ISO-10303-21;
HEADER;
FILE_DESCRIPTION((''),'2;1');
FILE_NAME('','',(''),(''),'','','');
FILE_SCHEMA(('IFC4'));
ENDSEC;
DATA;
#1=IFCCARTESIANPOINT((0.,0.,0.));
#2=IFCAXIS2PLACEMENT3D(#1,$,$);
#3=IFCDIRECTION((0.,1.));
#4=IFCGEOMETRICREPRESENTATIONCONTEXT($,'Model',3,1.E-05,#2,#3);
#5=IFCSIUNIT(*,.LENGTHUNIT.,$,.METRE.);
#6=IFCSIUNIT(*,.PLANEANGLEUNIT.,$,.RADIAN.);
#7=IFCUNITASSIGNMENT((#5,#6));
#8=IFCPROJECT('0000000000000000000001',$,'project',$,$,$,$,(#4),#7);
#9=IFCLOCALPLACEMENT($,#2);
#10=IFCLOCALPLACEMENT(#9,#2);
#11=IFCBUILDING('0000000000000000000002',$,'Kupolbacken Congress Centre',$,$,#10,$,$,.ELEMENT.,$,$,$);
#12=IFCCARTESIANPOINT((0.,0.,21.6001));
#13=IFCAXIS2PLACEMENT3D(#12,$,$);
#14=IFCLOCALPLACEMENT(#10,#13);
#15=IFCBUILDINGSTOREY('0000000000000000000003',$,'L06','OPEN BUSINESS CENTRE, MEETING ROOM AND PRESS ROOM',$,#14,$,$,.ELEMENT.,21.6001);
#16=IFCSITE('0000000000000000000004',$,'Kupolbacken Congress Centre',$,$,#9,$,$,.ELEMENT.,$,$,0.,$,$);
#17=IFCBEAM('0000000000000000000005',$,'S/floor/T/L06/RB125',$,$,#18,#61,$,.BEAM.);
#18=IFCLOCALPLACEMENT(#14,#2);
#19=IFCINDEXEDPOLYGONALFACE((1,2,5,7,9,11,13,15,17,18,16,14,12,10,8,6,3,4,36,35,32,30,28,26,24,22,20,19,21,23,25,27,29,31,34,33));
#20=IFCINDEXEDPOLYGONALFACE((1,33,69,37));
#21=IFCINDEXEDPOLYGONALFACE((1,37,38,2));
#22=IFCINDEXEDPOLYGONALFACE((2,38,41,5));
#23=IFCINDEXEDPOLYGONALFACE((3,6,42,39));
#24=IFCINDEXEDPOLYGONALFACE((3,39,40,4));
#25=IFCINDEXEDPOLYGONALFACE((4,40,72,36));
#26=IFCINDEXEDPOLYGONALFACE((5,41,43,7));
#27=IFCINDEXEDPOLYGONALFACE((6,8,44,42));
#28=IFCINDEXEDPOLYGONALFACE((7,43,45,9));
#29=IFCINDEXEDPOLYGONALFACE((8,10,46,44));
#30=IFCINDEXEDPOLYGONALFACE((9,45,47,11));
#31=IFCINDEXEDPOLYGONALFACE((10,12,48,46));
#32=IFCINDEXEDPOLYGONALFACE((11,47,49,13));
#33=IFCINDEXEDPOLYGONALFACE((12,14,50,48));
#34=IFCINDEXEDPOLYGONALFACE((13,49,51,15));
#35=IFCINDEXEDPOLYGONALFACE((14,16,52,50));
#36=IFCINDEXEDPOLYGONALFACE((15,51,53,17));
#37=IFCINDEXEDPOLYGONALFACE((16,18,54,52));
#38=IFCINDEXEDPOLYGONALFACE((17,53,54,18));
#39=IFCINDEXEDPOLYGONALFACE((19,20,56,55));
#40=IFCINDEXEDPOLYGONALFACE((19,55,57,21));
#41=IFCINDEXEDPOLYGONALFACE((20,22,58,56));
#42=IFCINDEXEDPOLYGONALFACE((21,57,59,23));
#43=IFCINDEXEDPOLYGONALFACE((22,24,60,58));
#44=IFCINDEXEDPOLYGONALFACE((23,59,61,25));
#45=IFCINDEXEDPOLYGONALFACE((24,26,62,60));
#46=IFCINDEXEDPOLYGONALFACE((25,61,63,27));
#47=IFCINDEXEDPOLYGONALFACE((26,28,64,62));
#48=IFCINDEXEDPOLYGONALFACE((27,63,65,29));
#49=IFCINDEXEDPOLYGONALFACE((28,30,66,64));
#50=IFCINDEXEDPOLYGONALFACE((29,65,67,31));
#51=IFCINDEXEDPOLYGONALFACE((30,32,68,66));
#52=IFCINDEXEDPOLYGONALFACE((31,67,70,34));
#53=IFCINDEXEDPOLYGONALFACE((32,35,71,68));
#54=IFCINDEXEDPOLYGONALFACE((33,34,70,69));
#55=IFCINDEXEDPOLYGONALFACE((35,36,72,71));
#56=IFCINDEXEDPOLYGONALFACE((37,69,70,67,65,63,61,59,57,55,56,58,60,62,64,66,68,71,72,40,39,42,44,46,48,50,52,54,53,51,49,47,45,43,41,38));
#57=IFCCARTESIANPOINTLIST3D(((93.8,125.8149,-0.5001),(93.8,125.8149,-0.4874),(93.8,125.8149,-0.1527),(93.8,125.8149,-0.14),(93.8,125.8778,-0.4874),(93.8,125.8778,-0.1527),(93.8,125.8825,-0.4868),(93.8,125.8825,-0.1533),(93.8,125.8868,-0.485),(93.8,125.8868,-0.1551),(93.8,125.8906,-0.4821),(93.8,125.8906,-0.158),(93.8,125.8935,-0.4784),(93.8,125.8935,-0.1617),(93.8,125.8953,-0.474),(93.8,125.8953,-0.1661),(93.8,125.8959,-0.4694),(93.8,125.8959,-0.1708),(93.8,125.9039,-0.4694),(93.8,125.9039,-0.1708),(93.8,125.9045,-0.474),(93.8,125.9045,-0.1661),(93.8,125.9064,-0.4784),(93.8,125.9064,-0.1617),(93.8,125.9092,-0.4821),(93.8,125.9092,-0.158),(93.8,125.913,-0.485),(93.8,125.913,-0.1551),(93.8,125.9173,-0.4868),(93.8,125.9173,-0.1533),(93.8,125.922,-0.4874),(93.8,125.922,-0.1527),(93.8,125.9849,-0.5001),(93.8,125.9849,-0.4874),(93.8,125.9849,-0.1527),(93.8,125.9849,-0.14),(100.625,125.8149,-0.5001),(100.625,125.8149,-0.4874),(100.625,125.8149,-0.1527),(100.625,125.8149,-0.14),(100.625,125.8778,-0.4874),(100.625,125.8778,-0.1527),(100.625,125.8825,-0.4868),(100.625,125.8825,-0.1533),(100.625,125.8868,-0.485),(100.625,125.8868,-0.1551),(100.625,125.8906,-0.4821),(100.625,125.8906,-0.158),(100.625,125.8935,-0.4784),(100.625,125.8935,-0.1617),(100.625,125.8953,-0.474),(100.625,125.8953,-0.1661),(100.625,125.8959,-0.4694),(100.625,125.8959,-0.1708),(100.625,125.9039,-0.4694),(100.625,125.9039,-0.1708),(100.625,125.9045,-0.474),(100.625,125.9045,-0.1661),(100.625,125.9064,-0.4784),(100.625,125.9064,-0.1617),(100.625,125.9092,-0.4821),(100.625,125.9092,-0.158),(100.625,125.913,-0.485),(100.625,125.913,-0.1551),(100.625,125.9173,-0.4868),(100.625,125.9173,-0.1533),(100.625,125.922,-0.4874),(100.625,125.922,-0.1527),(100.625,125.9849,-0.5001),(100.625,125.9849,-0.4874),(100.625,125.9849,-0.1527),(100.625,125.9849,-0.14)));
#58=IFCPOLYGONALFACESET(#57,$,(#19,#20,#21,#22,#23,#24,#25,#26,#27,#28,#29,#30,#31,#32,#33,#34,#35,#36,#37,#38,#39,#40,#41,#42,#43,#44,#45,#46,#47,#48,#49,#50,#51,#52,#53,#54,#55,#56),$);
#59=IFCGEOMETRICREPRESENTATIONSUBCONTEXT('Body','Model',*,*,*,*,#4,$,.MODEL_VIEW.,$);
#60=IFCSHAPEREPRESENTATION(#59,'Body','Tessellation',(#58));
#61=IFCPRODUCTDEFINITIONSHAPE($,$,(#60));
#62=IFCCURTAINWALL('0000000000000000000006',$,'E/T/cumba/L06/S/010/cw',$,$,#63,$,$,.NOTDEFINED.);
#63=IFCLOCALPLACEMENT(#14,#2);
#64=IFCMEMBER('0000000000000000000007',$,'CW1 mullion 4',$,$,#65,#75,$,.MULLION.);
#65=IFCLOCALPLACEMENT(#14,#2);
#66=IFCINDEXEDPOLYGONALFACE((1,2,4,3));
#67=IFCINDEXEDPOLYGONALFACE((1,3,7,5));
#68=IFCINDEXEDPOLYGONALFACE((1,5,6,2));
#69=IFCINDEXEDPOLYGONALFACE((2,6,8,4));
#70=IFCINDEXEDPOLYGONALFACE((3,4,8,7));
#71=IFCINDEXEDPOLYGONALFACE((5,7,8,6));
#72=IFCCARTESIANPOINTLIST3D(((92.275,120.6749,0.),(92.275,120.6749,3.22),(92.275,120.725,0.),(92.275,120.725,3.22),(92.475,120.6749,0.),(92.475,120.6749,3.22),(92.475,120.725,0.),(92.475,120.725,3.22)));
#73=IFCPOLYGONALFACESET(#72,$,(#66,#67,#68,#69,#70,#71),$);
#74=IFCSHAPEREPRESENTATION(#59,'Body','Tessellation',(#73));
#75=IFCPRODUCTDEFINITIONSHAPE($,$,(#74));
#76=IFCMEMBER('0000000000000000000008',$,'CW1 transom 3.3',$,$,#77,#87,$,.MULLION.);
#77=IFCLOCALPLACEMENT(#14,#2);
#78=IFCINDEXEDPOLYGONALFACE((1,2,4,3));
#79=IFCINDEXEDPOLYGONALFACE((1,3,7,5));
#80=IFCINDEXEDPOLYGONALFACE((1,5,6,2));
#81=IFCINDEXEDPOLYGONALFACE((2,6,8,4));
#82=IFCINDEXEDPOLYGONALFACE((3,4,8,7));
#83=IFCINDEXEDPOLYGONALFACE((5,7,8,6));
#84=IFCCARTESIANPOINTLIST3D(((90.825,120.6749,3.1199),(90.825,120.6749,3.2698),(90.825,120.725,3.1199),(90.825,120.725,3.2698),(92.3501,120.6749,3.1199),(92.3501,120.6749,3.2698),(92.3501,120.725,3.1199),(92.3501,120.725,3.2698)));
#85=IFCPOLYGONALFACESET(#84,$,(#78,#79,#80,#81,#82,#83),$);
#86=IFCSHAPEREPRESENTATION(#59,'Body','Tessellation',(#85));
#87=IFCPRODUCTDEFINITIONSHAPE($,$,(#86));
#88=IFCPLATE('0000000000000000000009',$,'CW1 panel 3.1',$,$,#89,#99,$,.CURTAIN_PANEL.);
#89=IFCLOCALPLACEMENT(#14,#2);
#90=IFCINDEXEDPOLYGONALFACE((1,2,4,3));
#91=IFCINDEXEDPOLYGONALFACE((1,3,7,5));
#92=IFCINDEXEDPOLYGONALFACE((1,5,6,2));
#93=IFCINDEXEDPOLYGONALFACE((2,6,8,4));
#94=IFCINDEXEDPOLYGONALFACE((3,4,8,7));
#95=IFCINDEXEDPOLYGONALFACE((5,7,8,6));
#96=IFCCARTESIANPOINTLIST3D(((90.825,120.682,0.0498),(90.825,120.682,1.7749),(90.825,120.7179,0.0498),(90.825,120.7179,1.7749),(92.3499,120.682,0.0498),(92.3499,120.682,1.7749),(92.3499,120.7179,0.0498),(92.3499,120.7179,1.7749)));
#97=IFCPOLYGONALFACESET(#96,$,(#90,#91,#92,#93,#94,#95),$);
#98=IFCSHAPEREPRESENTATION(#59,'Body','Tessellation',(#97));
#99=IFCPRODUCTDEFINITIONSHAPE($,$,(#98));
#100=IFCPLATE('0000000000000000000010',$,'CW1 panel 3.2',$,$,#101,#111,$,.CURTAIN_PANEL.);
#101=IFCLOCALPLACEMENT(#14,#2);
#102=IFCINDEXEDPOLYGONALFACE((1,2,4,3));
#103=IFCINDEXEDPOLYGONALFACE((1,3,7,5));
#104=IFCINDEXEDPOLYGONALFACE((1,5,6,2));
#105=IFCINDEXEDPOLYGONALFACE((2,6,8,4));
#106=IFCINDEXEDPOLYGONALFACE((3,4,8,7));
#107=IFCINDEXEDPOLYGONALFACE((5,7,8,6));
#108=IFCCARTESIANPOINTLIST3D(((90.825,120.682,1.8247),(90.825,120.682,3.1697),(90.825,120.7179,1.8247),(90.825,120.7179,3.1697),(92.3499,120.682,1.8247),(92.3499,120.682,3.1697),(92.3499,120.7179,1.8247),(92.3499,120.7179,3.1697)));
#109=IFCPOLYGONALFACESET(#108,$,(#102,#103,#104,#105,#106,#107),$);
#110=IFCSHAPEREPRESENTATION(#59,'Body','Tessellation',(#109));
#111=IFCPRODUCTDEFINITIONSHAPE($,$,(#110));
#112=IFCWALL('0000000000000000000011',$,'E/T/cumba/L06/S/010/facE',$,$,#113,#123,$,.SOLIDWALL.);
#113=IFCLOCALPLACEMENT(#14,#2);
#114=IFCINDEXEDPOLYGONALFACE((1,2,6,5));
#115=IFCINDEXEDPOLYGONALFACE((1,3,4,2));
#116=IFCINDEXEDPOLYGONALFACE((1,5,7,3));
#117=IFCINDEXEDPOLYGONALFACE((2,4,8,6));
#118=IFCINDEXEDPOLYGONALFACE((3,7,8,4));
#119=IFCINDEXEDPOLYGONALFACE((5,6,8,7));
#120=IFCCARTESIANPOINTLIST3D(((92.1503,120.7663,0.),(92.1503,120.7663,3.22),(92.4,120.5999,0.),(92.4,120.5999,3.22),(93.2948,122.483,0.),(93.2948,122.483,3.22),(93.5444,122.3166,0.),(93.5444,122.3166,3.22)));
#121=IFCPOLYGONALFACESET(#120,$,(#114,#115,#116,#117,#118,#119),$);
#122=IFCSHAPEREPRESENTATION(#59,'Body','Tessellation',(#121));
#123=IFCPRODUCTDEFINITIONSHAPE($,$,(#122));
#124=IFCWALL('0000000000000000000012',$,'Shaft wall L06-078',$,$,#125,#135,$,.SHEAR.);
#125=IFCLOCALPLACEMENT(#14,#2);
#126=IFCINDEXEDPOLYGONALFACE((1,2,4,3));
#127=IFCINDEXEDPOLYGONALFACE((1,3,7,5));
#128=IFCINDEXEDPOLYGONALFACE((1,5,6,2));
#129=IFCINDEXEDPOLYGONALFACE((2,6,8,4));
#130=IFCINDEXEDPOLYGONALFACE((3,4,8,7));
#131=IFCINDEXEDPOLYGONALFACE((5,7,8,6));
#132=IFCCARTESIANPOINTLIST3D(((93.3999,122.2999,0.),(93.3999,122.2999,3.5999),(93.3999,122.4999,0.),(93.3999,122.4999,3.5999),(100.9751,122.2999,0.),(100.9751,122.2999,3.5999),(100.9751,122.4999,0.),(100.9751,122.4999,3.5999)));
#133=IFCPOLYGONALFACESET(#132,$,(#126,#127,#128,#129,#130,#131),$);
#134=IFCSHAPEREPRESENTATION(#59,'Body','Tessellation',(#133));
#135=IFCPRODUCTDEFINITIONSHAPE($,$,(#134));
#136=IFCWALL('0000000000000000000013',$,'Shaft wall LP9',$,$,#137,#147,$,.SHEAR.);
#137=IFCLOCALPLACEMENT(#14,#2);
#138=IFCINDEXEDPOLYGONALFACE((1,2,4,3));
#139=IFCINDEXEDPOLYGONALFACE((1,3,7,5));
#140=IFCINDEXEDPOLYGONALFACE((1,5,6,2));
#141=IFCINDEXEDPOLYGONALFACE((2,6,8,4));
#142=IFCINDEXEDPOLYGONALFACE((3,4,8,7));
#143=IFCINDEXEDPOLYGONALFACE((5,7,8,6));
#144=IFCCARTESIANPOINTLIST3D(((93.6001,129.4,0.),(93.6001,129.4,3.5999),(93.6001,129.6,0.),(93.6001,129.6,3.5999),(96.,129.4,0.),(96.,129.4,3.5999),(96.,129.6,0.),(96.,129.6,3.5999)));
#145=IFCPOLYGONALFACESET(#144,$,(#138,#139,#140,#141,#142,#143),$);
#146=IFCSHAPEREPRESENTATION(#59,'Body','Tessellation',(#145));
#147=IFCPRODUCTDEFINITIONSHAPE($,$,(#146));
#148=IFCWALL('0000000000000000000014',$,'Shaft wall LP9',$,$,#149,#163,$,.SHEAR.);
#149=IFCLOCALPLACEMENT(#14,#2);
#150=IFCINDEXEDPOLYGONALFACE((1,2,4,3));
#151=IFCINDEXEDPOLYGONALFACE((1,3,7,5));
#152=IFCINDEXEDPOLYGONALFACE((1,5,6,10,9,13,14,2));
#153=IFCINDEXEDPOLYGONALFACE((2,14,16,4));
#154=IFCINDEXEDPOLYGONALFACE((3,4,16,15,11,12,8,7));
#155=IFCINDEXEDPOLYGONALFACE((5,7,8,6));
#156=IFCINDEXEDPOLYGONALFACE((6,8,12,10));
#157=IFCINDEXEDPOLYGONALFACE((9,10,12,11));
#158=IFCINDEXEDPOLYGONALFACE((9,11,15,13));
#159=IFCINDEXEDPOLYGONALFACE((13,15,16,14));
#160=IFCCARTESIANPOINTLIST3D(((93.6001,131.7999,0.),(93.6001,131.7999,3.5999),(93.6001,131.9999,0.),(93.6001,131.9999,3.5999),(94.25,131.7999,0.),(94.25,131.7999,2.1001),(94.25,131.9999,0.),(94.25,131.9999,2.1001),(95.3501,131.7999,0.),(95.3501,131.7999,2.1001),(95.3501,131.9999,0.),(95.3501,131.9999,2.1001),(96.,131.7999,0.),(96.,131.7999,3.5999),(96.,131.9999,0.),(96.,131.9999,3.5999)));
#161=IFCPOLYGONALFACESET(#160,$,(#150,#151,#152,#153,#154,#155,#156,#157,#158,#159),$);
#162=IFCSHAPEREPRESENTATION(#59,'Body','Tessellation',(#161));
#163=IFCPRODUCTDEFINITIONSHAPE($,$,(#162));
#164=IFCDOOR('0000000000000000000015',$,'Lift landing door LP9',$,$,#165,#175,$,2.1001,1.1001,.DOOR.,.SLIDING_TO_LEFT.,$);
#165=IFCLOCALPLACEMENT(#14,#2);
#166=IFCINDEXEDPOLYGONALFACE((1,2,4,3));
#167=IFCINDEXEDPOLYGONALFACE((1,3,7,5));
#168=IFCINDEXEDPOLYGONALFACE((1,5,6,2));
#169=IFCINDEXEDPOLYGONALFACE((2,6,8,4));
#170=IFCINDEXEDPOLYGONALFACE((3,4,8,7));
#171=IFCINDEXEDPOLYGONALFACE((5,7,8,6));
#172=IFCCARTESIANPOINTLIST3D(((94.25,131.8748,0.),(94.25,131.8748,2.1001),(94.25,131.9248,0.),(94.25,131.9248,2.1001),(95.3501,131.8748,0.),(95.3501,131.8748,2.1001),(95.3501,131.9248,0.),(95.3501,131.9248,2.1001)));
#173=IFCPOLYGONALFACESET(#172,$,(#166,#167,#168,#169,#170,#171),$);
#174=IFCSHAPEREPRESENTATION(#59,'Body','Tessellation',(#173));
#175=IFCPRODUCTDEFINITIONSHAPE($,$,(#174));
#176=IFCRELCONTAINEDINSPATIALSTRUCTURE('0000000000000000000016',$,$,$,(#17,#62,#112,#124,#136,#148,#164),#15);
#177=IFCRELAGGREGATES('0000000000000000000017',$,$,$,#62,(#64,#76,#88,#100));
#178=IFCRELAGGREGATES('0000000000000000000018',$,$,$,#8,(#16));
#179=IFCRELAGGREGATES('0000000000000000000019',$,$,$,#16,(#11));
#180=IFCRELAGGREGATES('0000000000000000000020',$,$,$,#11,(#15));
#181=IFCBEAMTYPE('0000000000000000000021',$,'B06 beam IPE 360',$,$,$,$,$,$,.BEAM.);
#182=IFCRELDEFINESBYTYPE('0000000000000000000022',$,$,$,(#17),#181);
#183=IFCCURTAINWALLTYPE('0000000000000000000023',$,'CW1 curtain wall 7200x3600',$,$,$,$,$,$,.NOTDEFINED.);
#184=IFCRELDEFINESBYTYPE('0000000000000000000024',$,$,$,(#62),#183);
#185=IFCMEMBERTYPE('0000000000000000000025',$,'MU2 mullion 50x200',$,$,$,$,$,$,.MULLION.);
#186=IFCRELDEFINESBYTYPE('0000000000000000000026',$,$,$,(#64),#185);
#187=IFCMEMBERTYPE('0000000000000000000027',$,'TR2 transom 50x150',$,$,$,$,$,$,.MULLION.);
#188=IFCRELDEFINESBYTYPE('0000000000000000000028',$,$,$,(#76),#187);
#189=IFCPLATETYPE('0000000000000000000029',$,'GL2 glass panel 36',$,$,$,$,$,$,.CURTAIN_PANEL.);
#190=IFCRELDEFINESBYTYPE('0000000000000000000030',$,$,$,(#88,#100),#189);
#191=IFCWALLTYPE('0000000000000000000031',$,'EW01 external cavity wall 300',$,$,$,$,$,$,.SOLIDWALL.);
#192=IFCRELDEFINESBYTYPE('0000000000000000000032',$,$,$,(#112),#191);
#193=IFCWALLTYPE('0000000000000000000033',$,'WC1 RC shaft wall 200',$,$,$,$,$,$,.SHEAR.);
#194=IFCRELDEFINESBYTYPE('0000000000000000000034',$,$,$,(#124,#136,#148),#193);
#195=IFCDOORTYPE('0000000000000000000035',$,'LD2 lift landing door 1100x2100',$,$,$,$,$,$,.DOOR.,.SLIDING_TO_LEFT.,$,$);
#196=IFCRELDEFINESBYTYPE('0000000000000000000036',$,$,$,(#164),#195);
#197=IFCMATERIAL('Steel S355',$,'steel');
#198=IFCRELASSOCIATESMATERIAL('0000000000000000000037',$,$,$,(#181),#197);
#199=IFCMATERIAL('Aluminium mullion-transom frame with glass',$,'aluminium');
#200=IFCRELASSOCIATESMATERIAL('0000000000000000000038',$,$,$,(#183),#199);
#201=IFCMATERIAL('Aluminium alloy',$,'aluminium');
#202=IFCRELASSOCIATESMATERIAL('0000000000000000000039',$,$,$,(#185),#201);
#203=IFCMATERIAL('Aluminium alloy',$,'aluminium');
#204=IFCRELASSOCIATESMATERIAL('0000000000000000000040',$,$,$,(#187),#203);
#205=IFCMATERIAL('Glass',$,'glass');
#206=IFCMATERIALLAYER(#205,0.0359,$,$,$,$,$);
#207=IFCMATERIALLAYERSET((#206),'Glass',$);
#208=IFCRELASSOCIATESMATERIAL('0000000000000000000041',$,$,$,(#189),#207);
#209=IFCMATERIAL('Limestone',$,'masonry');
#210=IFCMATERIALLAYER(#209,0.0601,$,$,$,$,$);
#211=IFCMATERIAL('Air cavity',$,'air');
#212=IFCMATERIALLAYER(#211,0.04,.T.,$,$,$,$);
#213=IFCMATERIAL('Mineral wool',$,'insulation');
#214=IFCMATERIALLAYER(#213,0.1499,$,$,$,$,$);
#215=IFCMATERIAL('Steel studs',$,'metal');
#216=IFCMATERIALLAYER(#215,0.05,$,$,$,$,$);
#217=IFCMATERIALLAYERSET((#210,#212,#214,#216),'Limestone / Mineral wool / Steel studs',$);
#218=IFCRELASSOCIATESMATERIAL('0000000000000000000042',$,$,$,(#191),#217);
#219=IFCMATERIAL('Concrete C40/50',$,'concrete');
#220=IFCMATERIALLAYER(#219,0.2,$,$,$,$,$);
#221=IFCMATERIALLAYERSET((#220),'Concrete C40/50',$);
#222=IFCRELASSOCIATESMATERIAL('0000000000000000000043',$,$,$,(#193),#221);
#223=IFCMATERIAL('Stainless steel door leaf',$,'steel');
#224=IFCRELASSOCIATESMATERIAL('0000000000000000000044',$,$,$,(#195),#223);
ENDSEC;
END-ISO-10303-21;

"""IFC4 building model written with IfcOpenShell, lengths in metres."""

from ifc_helpers import new_model, si_unit, direction, frame, frame_2d, origin, origin_2d, place, context, subcontext, project, spatial, rectangle, i_section, extrude, material, layer, layer_set, material_profile, profile_set, type_object, element, fill, aggregate, save


model = new_model("IFC4")

# Units and contexts
model_context = context("Model", 3, precision=1e-05, world=origin(), true_north=direction((0.0, 1.0)))
body_context = subcontext(model_context, "Body", "Model", "MODEL_VIEW")
ifc_project = project(units=[si_unit("LENGTHUNIT", "METRE"), si_unit("PLANEANGLEUNIT", "RADIAN")], contexts=[model_context])

# Site, building, storey
site_placement = place(None, origin())
site = spatial("IfcSite", under=ifc_project, at=site_placement, Name="Kupolbacken Congress Centre", CompositionType="ELEMENT", RefElevation=0.0)
building_placement = place(site_placement, origin())
building = spatial("IfcBuilding", under=site, at=building_placement, Name="Kupolbacken Congress Centre", CompositionType="ELEMENT")
storey_placement = place(building_placement, frame((0.0, 0.0, 21.6001)))
storey = spatial("IfcBuildingStorey", under=building, at=storey_placement, Name="L06", Description="OPEN BUSINESS CENTRE, MEETING ROOM AND PRESS ROOM", CompositionType="ELEMENT", Elevation=21.6001)

# Beam
ifc_material_1 = material(Name="Steel S355", Category="steel")
ifc_material_profile_1 = material_profile(ifc_material_1, i_section(OverallWidth=0.1699, OverallDepth=0.3601, WebThickness=0.0081, FlangeThickness=0.0127, FilletRadius=0.0181, at=origin_2d()), Name="IPE 360")
ifc_profile_set_1 = profile_set([ifc_material_profile_1], Name="Steel S355")
beam_type = type_object("IfcBeamType", Name="B06 beam IPE 360", PredefinedType="BEAM", material=ifc_profile_set_1)
beam_placement = place(storey_placement, frame((93.8, 125.8999, -0.3201), z_axis=(1.0, 0.0, 0.0), x_axis=(0.0, 1.0, 0.0)))
element("IfcBeam", 1, at=beam_placement, inside=storey, type_object=beam_type, Name="S/floor/T/L06/RB125", PredefinedType="BEAM", context=body_context, shape_type="SweptSolid", body=[
    extrude(i_section(OverallWidth=0.1699, OverallDepth=0.3601, WebThickness=0.0081, FlangeThickness=0.0127, FilletRadius=0.0181, at=origin_2d()), origin(), (0.0, 0.0, 1.0), 6.825),
])

# Curtain wall, members, plates
ifc_material_2 = material(Name="Aluminium mullion-transom frame with glass", Category="aluminium")
curtain_wall_type = type_object("IfcCurtainWallType", Name="CW1 curtain wall 7200x3600", PredefinedType="NOTDEFINED", material=ifc_material_2)
curtain_wall_placement = place(storey_placement, origin())
curtain_wall = element("IfcCurtainWall", 2, at=curtain_wall_placement, inside=storey, type_object=curtain_wall_type, Name="E/T/cumba/L06/S/010/cw", PredefinedType="NOTDEFINED")
ifc_material_3 = material(Name="Aluminium alloy", Category="aluminium")
ifc_material_profile_2 = material_profile(ifc_material_3, rectangle(XDim=0.05, YDim=0.2, at=origin_2d()), Name="50 x 200")
ifc_profile_set_2 = profile_set([ifc_material_profile_2], Name="Aluminium alloy")
member_type_1 = type_object("IfcMemberType", Name="MU2 mullion 50x200", PredefinedType="MULLION", material=ifc_profile_set_2)
member_1_placement = place(storey_placement, frame((92.375, 120.7, 0.0), z_axis=(0.0, 0.0, 1.0), x_axis=(0.0, 1.0, 0.0)))
member_1 = element("IfcMember", 3, at=member_1_placement, type_object=member_type_1, Name="CW1 mullion 4", PredefinedType="MULLION", context=body_context, shape_type="SweptSolid", body=[
    extrude(rectangle(XDim=0.05, YDim=0.2, at=origin_2d()), origin(), (0.0, 0.0, 1.0), 3.22),
])
ifc_material_4 = material(Name="Aluminium alloy", Category="aluminium")
ifc_material_profile_3 = material_profile(ifc_material_4, rectangle(XDim=0.05, YDim=0.1499, at=origin_2d()), Name="50 x 150")
ifc_profile_set_3 = profile_set([ifc_material_profile_3], Name="Aluminium alloy")
member_type_2 = type_object("IfcMemberType", Name="TR2 transom 50x150", PredefinedType="MULLION", material=ifc_profile_set_3)
member_2_placement = place(storey_placement, frame((90.825, 120.7, 3.1948), z_axis=(1.0, 0.0, 0.0), x_axis=(0.0, 1.0, 0.0)))
member_2 = element("IfcMember", 4, at=member_2_placement, type_object=member_type_2, Name="CW1 transom 3.3", PredefinedType="MULLION", context=body_context, shape_type="SweptSolid", body=[
    extrude(rectangle(XDim=0.05, YDim=0.1499, at=origin_2d()), origin(), (0.0, 0.0, 1.0), 1.5251),
])
ifc_material_5 = material(Name="Glass", Category="glass")
ifc_layer_1 = layer(ifc_material_5, 0.0359)
ifc_layer_set_1 = layer_set([ifc_layer_1], Name="Glass")
plate_type = type_object("IfcPlateType", Name="GL2 glass panel 36", PredefinedType="CURTAIN_PANEL", material=ifc_layer_set_1)
plate_1_placement = place(storey_placement, frame((91.5874, 120.7, 0.0498), z_axis=(0.0, 0.0, 1.0), x_axis=(1.0, 0.0, 0.0)))
plate_1 = element("IfcPlate", 5, at=plate_1_placement, type_object=plate_type, Name="CW1 panel 3.1", PredefinedType="CURTAIN_PANEL", context=body_context, shape_type="SweptSolid", body=[
    extrude(rectangle(XDim=1.5249, YDim=0.0359, at=origin_2d()), origin(), (0.0, 0.0, 1.0), 1.7251),
])
plate_2_placement = place(storey_placement, frame((91.5874, 120.7, 1.8247), z_axis=(0.0, 0.0, 1.0), x_axis=(1.0, 0.0, 0.0)))
plate_2 = element("IfcPlate", 6, at=plate_2_placement, type_object=plate_type, Name="CW1 panel 3.2", PredefinedType="CURTAIN_PANEL", context=body_context, shape_type="SweptSolid", body=[
    extrude(rectangle(XDim=1.5249, YDim=0.0359, at=origin_2d()), origin(), (0.0, 0.0, 1.0), 1.345),
])
aggregate(curtain_wall, [member_1, member_2, plate_1, plate_2])

# Walls
ifc_material_6 = material(Name="Limestone", Category="masonry")
ifc_layer_2 = layer(ifc_material_6, 0.0601)
ifc_material_7 = material(Name="Air cavity", Category="air")
ifc_layer_3 = layer(ifc_material_7, 0.04, ventilated=True)
ifc_material_8 = material(Name="Mineral wool", Category="insulation")
ifc_layer_4 = layer(ifc_material_8, 0.1499)
ifc_material_9 = material(Name="Steel studs", Category="metal")
ifc_layer_5 = layer(ifc_material_9, 0.05)
ifc_layer_set_2 = layer_set([ifc_layer_2, ifc_layer_3, ifc_layer_4, ifc_layer_5], Name="Limestone / Mineral wool / Steel studs")
wall_type_1 = type_object("IfcWallType", Name="EW01 external cavity wall 300", PredefinedType="SOLIDWALL", material=ifc_layer_set_2)
wall_1_placement = place(storey_placement, frame((93.4197, 122.3999, 0.0), z_axis=(0.0, 0.0, 1.0), x_axis=(-0.5547, -0.83205, 0.0)))
element("IfcWall", 7, at=wall_1_placement, inside=storey, type_object=wall_type_1, Name="E/T/cumba/L06/S/010/facE", PredefinedType="SOLIDWALL", context=body_context, shape_type="SweptSolid", body=[
    extrude(rectangle(XDim=2.0632, YDim=0.3, at=frame_2d((1.0317, 0.0))), origin(), (0.0, 0.0, 1.0), 3.22),
])
ifc_material_10 = material(Name="Concrete C40/50", Category="concrete")
ifc_layer_6 = layer(ifc_material_10, 0.2)
ifc_layer_set_3 = layer_set([ifc_layer_6], Name="Concrete C40/50")
wall_type_2 = type_object("IfcWallType", Name="WC1 RC shaft wall 200", PredefinedType="SHEAR", material=ifc_layer_set_3)
wall_2_placement = place(storey_placement, frame((93.3999, 122.3999, 0.0), z_axis=(0.0, 0.0, 1.0), x_axis=(1.0, 0.0, 0.0)))
element("IfcWall", 8, at=wall_2_placement, inside=storey, type_object=wall_type_2, Name="Shaft wall L06-078", PredefinedType="SHEAR", context=body_context, shape_type="SweptSolid", body=[
    extrude(rectangle(XDim=7.5752, YDim=0.2, at=frame_2d((3.7876, 0.0))), origin(), (0.0, 0.0, 1.0), 3.5999),
])
wall_3_placement = place(storey_placement, frame((93.6001, 129.5, 0.0), z_axis=(0.0, 0.0, 1.0), x_axis=(1.0, 0.0, 0.0)))
element("IfcWall", 9, at=wall_3_placement, inside=storey, type_object=wall_type_2, Name="Shaft wall LP9", PredefinedType="SHEAR", context=body_context, shape_type="SweptSolid", body=[
    extrude(rectangle(XDim=2.3999, YDim=0.2, at=frame_2d((1.2, 0.0))), origin(), (0.0, 0.0, 1.0), 3.5999),
])

# Wall, opening, door
wall_4_placement = place(storey_placement, frame((93.6001, 131.8999, 0.0), z_axis=(0.0, 0.0, 1.0), x_axis=(1.0, 0.0, 0.0)))
wall_4 = element("IfcWall", 10, at=wall_4_placement, inside=storey, type_object=wall_type_2, Name="Shaft wall LP9", PredefinedType="SHEAR", context=body_context, shape_type="SweptSolid", body=[
    extrude(rectangle(XDim=2.3999, YDim=0.2, at=frame_2d((1.2, 0.0))), origin(), (0.0, 0.0, 1.0), 3.5999),
])
opening_1_placement = place(wall_4_placement, frame((0.6499, 0.0, 0.0)))
opening_1 = element("IfcOpeningElement", 11, at=opening_1_placement, cuts=wall_4, PredefinedType="OPENING", context=body_context, shape_type="SweptSolid", body=[
    extrude(rectangle(XDim=1.1001, YDim=2.1001, at=frame_2d((0.55, 1.05))), frame((0.0, 0.1099, 0.0), z_axis=(0.0, -1.0, 0.0), x_axis=(1.0, 0.0, 0.0)), (0.0, 0.0, 1.0), 0.22),
])
ifc_material_11 = material(Name="Stainless steel door leaf", Category="steel")
door_type = type_object("IfcDoorType", Name="LD2 lift landing door 1100x2100", OperationType="SLIDING_TO_LEFT", PredefinedType="DOOR", material=ifc_material_11)
door_1_placement = place(opening_1_placement, origin())
door_1 = element("IfcDoor", 12, at=door_1_placement, inside=storey, type_object=door_type, Name="Lift landing door LP9", OperationType="SLIDING_TO_LEFT", OverallHeight=2.1001, OverallWidth=1.1001, PredefinedType="DOOR", context=body_context, shape_type="SweptSolid", body=[
    extrude(rectangle(XDim=1.1001, YDim=2.1001, at=frame_2d((0.55, 1.05))), frame((0.0, 0.0249, 0.0), z_axis=(0.0, -1.0, 0.0), x_axis=(1.0, 0.0, 0.0)), (0.0, 0.0, 1.0), 0.05),
])
fill(opening_1, door_1)

save(model, "model.ifc")
